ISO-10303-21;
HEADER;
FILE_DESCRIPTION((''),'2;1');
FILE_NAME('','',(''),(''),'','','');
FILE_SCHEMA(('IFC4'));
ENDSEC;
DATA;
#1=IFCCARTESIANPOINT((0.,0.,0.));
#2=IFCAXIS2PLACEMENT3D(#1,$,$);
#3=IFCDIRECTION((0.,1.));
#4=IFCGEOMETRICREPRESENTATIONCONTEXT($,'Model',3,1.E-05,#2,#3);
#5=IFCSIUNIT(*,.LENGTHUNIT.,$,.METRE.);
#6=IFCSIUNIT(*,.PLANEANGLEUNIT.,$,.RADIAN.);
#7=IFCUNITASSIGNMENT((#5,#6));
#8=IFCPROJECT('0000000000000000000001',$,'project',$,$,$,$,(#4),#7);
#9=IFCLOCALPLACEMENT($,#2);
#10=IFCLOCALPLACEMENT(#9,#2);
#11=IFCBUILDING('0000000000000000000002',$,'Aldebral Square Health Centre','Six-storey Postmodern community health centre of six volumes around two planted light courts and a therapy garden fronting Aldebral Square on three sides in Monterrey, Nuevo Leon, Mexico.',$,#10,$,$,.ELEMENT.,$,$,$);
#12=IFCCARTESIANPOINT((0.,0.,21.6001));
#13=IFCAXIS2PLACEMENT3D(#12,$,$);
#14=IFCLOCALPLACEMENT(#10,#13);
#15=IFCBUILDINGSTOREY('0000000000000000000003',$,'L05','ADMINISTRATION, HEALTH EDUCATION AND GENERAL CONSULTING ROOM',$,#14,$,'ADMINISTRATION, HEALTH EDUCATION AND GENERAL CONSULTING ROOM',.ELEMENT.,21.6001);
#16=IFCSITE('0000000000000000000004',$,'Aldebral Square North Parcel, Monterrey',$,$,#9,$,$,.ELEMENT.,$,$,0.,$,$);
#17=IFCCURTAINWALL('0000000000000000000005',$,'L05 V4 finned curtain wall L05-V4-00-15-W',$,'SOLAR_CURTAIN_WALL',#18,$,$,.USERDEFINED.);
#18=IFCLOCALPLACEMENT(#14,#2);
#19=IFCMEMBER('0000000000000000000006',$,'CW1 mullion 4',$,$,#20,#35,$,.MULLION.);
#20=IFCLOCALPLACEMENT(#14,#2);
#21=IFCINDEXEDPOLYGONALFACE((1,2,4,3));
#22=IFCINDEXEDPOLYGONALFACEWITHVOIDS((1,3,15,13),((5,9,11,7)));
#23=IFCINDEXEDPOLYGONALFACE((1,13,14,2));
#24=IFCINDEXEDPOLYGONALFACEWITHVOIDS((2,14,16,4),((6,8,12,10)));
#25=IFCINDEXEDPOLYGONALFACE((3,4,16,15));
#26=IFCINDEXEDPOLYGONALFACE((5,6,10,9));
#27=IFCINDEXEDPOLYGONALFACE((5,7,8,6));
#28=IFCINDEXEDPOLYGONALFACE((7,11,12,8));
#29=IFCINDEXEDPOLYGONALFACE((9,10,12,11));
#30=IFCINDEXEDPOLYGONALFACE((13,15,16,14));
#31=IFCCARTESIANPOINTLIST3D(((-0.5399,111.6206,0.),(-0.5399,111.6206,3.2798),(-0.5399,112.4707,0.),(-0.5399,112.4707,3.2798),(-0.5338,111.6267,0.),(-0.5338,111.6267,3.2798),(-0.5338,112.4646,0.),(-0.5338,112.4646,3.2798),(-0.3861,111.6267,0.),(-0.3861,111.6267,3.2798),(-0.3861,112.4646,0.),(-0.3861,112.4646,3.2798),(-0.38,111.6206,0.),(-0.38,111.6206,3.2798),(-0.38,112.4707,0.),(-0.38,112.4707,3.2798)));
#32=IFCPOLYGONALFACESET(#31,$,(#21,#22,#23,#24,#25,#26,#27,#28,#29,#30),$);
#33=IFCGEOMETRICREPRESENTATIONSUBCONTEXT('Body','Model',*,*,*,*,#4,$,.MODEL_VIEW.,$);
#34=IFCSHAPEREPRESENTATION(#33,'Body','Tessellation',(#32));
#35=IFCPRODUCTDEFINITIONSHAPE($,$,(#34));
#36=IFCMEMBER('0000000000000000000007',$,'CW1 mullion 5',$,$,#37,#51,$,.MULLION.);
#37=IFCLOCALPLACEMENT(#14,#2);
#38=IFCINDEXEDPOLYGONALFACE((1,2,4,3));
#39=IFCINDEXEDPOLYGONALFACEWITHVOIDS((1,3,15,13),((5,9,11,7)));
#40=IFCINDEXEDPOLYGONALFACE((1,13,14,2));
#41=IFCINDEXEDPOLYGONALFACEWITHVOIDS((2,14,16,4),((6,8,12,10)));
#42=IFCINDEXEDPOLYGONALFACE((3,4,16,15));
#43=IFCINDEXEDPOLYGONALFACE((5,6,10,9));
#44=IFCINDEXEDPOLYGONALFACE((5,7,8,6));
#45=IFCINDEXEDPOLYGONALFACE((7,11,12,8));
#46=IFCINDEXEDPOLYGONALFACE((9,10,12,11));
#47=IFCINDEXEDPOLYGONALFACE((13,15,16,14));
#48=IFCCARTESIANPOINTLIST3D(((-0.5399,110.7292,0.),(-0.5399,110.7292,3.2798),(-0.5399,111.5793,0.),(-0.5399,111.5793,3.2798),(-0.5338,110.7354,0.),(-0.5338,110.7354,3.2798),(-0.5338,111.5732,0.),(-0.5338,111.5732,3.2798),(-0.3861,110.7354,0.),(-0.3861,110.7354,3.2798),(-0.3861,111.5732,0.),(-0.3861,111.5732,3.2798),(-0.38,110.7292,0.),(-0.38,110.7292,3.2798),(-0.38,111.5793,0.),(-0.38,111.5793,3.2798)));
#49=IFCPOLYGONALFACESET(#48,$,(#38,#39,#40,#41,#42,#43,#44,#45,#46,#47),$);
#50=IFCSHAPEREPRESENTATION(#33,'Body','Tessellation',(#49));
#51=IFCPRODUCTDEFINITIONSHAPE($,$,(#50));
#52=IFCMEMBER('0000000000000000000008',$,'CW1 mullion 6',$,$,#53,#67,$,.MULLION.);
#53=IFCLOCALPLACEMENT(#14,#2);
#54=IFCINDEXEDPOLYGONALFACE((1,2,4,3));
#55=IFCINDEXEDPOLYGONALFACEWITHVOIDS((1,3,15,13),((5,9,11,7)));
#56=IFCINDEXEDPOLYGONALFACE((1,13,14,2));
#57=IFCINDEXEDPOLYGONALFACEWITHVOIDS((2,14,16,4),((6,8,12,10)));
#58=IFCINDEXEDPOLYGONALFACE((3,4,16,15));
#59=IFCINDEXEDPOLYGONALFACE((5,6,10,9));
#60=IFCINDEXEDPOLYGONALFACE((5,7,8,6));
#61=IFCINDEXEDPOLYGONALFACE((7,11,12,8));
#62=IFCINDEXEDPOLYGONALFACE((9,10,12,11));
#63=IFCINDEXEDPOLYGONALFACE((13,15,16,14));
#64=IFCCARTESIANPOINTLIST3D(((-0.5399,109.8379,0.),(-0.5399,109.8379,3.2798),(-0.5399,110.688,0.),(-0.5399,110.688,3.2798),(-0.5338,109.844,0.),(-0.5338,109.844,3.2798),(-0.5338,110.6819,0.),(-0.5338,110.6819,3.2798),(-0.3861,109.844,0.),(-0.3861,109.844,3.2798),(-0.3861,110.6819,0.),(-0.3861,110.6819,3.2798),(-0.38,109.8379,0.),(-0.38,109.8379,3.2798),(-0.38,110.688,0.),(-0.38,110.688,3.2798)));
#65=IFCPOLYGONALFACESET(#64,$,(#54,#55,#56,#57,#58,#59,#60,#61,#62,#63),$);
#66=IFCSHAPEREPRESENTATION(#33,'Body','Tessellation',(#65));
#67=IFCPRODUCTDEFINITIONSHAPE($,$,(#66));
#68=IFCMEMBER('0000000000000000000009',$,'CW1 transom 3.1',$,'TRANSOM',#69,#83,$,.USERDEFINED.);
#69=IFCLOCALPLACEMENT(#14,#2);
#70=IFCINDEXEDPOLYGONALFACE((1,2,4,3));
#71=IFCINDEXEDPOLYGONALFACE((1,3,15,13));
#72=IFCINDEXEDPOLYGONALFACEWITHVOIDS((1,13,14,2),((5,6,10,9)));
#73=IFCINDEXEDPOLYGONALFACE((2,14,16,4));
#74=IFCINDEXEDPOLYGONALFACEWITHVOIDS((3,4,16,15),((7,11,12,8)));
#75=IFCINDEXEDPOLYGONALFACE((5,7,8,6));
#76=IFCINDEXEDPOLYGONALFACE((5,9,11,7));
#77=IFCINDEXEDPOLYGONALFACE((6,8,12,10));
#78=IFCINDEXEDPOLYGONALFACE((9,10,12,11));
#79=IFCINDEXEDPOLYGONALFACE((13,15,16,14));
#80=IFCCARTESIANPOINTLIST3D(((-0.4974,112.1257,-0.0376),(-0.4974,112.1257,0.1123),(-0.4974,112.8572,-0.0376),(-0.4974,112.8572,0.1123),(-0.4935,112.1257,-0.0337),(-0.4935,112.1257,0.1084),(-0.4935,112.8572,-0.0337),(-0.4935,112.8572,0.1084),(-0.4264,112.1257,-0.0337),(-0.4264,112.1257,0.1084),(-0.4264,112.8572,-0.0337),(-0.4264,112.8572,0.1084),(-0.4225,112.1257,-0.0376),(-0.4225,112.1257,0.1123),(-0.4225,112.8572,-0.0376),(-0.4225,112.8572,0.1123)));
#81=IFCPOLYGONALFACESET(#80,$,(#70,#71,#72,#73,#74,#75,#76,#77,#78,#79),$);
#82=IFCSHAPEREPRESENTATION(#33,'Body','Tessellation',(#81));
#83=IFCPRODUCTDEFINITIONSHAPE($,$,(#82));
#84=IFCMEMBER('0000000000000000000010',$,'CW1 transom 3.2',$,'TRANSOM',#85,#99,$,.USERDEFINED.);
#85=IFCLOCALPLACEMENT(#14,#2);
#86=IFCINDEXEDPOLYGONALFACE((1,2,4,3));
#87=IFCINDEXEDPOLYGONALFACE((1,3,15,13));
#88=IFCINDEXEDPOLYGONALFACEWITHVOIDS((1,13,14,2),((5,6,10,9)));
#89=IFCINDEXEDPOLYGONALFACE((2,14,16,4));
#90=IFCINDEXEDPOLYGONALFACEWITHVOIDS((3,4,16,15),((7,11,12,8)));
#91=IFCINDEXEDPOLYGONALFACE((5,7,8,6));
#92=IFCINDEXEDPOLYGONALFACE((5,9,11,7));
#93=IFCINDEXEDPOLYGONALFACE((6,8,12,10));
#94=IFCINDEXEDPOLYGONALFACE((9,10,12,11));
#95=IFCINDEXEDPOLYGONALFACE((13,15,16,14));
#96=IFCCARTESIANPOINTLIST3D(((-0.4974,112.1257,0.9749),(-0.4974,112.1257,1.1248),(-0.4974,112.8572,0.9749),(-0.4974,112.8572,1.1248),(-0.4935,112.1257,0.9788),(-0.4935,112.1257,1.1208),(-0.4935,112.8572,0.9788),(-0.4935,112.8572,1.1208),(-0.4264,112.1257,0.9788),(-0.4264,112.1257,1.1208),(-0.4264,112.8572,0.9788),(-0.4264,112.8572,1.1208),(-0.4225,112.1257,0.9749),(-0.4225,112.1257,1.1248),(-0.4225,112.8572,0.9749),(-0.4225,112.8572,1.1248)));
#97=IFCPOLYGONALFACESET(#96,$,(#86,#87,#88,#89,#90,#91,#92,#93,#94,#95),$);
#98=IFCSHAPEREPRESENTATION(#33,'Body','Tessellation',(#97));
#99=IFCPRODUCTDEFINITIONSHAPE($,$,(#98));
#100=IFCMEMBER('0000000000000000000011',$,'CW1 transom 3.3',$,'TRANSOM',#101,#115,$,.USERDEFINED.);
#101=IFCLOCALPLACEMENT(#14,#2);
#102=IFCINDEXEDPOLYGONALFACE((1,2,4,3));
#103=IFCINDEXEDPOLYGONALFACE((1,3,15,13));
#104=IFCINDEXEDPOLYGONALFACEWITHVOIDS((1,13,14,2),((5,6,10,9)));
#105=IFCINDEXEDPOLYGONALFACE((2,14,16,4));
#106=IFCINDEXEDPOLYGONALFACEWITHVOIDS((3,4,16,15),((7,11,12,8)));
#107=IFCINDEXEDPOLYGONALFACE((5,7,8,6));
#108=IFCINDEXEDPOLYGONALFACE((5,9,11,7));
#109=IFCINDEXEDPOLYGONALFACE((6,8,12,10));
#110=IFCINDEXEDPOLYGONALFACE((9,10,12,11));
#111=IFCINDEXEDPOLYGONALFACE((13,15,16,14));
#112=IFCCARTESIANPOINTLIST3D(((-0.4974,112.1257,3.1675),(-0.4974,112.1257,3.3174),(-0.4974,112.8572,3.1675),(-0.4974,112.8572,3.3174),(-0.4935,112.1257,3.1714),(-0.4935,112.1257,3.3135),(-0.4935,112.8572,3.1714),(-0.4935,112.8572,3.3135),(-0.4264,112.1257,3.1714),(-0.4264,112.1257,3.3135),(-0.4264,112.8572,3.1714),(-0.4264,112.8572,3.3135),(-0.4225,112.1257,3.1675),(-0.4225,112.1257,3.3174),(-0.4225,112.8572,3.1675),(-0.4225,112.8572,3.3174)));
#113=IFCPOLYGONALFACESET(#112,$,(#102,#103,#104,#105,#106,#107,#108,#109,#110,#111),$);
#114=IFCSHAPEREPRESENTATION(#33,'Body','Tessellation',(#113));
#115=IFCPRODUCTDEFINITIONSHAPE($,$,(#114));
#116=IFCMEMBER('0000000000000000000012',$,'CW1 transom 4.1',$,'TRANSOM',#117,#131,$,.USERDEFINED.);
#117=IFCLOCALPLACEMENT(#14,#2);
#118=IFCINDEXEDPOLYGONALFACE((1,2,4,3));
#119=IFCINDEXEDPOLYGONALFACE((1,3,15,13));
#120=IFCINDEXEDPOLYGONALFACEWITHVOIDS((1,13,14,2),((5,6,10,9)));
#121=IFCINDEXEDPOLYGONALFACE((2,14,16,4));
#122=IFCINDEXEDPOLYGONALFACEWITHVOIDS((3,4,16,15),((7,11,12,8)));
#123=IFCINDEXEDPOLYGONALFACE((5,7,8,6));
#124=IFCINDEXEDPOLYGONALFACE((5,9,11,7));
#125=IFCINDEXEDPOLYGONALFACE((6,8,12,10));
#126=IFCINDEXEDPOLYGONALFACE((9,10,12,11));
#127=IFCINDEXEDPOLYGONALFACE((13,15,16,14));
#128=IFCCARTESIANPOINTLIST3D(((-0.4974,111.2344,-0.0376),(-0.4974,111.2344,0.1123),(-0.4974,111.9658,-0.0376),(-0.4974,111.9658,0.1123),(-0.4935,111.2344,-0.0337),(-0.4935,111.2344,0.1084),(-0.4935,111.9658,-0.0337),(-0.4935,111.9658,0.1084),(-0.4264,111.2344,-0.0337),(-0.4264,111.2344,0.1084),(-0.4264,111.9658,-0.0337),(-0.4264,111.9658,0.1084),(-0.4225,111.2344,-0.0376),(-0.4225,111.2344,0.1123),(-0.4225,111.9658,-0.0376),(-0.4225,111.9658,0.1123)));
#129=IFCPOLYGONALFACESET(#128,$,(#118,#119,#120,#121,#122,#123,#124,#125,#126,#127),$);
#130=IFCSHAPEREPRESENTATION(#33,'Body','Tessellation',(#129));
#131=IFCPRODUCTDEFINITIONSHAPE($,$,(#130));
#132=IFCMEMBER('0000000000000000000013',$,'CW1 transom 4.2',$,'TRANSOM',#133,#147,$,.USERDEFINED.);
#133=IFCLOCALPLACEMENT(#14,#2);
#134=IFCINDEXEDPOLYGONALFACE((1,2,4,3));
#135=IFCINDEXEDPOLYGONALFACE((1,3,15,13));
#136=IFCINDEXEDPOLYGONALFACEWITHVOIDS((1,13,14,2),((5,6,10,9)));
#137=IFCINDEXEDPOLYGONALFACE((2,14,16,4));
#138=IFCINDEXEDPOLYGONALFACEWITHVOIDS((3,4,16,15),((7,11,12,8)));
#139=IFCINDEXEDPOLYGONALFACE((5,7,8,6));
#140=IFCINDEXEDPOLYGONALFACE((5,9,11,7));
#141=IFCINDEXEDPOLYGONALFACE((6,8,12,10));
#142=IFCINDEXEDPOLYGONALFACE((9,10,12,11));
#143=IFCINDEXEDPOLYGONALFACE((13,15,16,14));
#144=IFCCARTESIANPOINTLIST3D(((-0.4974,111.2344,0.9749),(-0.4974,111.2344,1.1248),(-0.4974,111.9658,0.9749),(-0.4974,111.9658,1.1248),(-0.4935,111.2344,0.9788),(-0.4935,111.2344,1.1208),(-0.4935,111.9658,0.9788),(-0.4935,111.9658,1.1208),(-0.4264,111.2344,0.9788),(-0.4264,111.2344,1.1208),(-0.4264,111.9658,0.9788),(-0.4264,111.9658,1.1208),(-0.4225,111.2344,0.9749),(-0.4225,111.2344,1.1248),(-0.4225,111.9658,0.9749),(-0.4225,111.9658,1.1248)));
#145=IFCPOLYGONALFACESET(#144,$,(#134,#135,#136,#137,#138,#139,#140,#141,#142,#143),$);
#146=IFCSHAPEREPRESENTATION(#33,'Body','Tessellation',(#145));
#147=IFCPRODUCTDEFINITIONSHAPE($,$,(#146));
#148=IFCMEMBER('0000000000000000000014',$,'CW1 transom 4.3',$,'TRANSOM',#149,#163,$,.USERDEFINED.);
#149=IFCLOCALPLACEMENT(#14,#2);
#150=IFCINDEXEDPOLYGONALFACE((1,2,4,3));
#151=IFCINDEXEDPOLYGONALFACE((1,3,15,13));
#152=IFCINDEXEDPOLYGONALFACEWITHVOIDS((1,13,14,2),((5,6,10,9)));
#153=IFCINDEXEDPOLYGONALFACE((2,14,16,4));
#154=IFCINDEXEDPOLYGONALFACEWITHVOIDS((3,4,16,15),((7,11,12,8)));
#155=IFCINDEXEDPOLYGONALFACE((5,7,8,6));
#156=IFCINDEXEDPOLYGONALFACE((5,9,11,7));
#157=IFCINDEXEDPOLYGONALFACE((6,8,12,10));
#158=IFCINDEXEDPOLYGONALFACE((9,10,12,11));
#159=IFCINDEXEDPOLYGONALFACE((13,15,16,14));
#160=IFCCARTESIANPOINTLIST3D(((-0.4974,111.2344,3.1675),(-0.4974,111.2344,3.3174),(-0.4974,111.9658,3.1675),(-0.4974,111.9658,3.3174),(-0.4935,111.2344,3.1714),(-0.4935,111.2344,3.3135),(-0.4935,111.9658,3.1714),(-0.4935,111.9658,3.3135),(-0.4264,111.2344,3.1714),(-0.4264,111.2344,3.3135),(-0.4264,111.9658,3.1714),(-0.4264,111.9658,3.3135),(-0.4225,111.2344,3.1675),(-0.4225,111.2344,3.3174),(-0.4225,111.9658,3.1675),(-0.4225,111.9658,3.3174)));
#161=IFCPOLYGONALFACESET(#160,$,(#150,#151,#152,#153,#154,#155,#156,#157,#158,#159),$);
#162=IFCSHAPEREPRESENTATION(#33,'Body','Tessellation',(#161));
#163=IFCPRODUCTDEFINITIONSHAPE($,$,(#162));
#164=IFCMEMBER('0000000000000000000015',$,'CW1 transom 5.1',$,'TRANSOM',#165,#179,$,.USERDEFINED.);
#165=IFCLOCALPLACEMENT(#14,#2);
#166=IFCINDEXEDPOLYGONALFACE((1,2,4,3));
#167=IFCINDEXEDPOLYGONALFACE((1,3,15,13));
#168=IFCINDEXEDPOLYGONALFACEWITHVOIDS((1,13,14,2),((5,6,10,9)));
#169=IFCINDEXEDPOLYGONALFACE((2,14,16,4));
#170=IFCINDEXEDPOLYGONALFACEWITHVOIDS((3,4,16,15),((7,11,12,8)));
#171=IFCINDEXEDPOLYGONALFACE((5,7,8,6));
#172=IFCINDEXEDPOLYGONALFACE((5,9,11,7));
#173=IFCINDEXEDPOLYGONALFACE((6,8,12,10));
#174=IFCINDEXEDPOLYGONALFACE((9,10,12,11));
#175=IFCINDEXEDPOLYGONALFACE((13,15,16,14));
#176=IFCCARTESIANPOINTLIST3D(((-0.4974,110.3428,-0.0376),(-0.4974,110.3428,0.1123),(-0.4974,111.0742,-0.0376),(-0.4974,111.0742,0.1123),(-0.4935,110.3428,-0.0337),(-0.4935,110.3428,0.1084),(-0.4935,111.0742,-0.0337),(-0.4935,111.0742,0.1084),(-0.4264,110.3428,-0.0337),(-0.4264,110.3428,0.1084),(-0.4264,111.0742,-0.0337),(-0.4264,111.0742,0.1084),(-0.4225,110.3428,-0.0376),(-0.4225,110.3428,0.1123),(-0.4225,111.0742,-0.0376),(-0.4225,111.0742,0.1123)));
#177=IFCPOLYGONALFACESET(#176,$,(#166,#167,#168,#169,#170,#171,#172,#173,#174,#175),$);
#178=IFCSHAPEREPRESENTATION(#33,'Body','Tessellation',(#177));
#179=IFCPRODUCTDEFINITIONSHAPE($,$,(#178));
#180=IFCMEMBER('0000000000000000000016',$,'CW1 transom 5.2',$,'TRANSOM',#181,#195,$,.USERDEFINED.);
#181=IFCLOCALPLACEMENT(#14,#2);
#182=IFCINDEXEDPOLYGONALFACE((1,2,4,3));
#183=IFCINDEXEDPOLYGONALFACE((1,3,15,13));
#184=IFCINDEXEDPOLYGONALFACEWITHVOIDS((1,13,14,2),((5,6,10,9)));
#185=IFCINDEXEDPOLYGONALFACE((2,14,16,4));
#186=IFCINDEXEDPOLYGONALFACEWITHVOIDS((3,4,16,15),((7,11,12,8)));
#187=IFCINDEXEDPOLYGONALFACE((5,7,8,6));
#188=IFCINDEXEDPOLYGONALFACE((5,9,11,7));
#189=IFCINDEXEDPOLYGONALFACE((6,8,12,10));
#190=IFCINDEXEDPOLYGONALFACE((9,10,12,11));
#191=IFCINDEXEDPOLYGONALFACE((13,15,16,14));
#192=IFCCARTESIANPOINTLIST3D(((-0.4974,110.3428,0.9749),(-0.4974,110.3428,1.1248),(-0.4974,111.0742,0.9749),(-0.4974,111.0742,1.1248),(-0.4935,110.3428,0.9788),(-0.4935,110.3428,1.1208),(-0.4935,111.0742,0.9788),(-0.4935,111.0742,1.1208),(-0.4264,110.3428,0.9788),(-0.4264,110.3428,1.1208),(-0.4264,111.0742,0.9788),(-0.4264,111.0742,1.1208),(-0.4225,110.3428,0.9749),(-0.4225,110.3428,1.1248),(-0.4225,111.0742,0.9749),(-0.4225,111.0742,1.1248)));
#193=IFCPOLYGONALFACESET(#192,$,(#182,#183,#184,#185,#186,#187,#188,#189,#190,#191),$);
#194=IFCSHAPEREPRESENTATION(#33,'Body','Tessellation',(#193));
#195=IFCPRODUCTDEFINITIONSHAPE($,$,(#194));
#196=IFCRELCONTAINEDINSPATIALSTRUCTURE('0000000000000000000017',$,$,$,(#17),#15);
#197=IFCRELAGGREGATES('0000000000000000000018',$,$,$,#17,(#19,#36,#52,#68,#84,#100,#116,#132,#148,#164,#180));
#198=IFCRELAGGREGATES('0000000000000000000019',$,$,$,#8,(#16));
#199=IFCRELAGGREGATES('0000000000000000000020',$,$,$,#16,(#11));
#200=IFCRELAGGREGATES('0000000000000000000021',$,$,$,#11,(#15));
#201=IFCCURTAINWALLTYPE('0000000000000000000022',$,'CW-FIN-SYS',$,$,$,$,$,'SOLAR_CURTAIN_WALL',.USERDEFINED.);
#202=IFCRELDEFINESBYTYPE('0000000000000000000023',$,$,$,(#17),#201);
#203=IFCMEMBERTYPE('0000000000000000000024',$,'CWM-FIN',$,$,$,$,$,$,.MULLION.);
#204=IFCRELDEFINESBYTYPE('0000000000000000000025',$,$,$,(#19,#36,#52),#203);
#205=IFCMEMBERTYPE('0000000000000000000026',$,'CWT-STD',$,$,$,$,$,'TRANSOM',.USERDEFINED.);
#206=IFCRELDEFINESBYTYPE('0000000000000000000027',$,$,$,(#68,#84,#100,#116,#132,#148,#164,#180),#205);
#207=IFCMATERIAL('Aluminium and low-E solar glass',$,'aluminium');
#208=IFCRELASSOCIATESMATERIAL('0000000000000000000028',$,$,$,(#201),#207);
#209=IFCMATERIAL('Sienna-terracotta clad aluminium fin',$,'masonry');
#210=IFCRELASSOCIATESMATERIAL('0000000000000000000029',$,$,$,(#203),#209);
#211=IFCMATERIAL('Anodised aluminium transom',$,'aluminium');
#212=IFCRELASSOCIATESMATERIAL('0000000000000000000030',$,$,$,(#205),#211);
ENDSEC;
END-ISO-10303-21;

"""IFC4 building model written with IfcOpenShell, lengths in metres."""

from ifc_helpers import new_model, si_unit, direction, frame, origin, origin_2d, place, context, subcontext, project, spatial, hollow_rectangle, extrude, material, material_profile, profile_set, type_object, element, aggregate, save


model = new_model("IFC4")

# Units and contexts
model_context = context("Model", 3, precision=1e-05, world=origin(), true_north=direction((0.0, 1.0)))
body_context = subcontext(model_context, "Body", "Model", "MODEL_VIEW")
ifc_project = project(units=[si_unit("LENGTHUNIT", "METRE"), si_unit("PLANEANGLEUNIT", "RADIAN")], contexts=[model_context])

# Site, building, storey
site_placement = place(None, origin())
site = spatial("IfcSite", under=ifc_project, at=site_placement, Name="Aldebral Square North Parcel, Monterrey", CompositionType="ELEMENT", RefElevation=0.0)
building_placement = place(site_placement, origin())
building = spatial("IfcBuilding", under=site, at=building_placement, Name="Aldebral Square Health Centre", Description="Six-storey Postmodern community health centre of six volumes around two planted light courts and a therapy garden fronting Aldebral Square on three sides in Monterrey, Nuevo Leon, Mexico.", CompositionType="ELEMENT")
storey_placement = place(building_placement, frame((0.0, 0.0, 21.6001)))
storey = spatial("IfcBuildingStorey", under=building, at=storey_placement, Name="L05", Description="ADMINISTRATION, HEALTH EDUCATION AND GENERAL CONSULTING ROOM", LongName="ADMINISTRATION, HEALTH EDUCATION AND GENERAL CONSULTING ROOM", CompositionType="ELEMENT", Elevation=21.6001)

# Curtain wall, members
ifc_material_1 = material(Name="Aluminium and low-E solar glass", Category="aluminium")
curtain_wall_type = type_object("IfcCurtainWallType", Name="CW-FIN-SYS", ElementType="SOLAR_CURTAIN_WALL", PredefinedType="USERDEFINED", material=ifc_material_1)
curtain_wall_placement = place(storey_placement, origin())
curtain_wall = element("IfcCurtainWall", 1, at=curtain_wall_placement, inside=storey, type_object=curtain_wall_type, Name="L05 V4 finned curtain wall L05-V4-00-15-W", ObjectType="SOLAR_CURTAIN_WALL", PredefinedType="USERDEFINED")
ifc_material_2 = material(Name="Sienna-terracotta clad aluminium fin", Category="masonry")
ifc_material_profile_1 = material_profile(ifc_material_2, hollow_rectangle(XDim=0.1599, YDim=0.8501, WallThickness=0.0061, at=origin_2d()), Name="FIN 160x850x6")
ifc_profile_set_1 = profile_set([ifc_material_profile_1], Name="Sienna-terracotta clad aluminium fin")
member_type_1 = type_object("IfcMemberType", Name="CWM-FIN", PredefinedType="MULLION", material=ifc_profile_set_1)
member_1_placement = place(storey_placement, frame((-0.46, 112.0457, 0.0), z_axis=(0.0, 0.0, 1.0), x_axis=(1.0, 0.0, 0.0)))
member_1 = element("IfcMember", 2, at=member_1_placement, type_object=member_type_1, Name="CW1 mullion 4", PredefinedType="MULLION", context=body_context, shape_type="SweptSolid", body=[
    extrude(hollow_rectangle(XDim=0.1599, YDim=0.8501, WallThickness=0.0061, at=origin_2d()), origin(), (0.0, 0.0, 1.0), 3.2798),
])
member_2_placement = place(storey_placement, frame((-0.46, 111.1543, 0.0), z_axis=(0.0, 0.0, 1.0), x_axis=(1.0, 0.0, 0.0)))
member_2 = element("IfcMember", 3, at=member_2_placement, type_object=member_type_1, Name="CW1 mullion 5", PredefinedType="MULLION", context=body_context, shape_type="SweptSolid", body=[
    extrude(hollow_rectangle(XDim=0.1599, YDim=0.8501, WallThickness=0.0061, at=origin_2d()), origin(), (0.0, 0.0, 1.0), 3.2798),
])
member_3_placement = place(storey_placement, frame((-0.46, 110.2629, 0.0), z_axis=(0.0, 0.0, 1.0), x_axis=(1.0, 0.0, 0.0)))
member_3 = element("IfcMember", 4, at=member_3_placement, type_object=member_type_1, Name="CW1 mullion 6", PredefinedType="MULLION", context=body_context, shape_type="SweptSolid", body=[
    extrude(hollow_rectangle(XDim=0.1599, YDim=0.8501, WallThickness=0.0061, at=origin_2d()), origin(), (0.0, 0.0, 1.0), 3.2798),
])
ifc_material_3 = material(Name="Anodised aluminium transom", Category="aluminium")
ifc_material_profile_2 = material_profile(ifc_material_3, hollow_rectangle(XDim=0.075, YDim=0.1499, WallThickness=0.0039, at=origin_2d()), Name="CWT 75x150x4")
ifc_profile_set_2 = profile_set([ifc_material_profile_2], Name="Anodised aluminium transom")
member_type_2 = type_object("IfcMemberType", Name="CWT-STD", ElementType="TRANSOM", PredefinedType="USERDEFINED", material=ifc_profile_set_2)
member_4_placement = place(storey_placement, frame((-0.46, 112.8572, 0.0374), z_axis=(0.0, -1.0, 0.0), x_axis=(1.0, 0.0, 0.0)))
member_4 = element("IfcMember", 5, at=member_4_placement, type_object=member_type_2, Name="CW1 transom 3.1", ObjectType="TRANSOM", PredefinedType="USERDEFINED", context=body_context, shape_type="SweptSolid", body=[
    extrude(hollow_rectangle(XDim=0.075, YDim=0.1499, WallThickness=0.0039, at=origin_2d()), origin(), (0.0, 0.0, 1.0), 0.7314),
])
member_5_placement = place(storey_placement, frame((-0.46, 112.8572, 1.0498), z_axis=(0.0, -1.0, 0.0), x_axis=(1.0, 0.0, 0.0)))
member_5 = element("IfcMember", 6, at=member_5_placement, type_object=member_type_2, Name="CW1 transom 3.2", ObjectType="TRANSOM", PredefinedType="USERDEFINED", context=body_context, shape_type="SweptSolid", body=[
    extrude(hollow_rectangle(XDim=0.075, YDim=0.1499, WallThickness=0.0039, at=origin_2d()), origin(), (0.0, 0.0, 1.0), 0.7314),
])
member_6_placement = place(storey_placement, frame((-0.46, 112.8572, 3.2424), z_axis=(0.0, -1.0, 0.0), x_axis=(1.0, 0.0, 0.0)))
member_6 = element("IfcMember", 7, at=member_6_placement, type_object=member_type_2, Name="CW1 transom 3.3", ObjectType="TRANSOM", PredefinedType="USERDEFINED", context=body_context, shape_type="SweptSolid", body=[
    extrude(hollow_rectangle(XDim=0.075, YDim=0.1499, WallThickness=0.0039, at=origin_2d()), origin(), (0.0, 0.0, 1.0), 0.7314),
])
member_7_placement = place(storey_placement, frame((-0.46, 111.9658, 0.0374), z_axis=(0.0, -1.0, 0.0), x_axis=(1.0, 0.0, 0.0)))
member_7 = element("IfcMember", 8, at=member_7_placement, type_object=member_type_2, Name="CW1 transom 4.1", ObjectType="TRANSOM", PredefinedType="USERDEFINED", context=body_context, shape_type="SweptSolid", body=[
    extrude(hollow_rectangle(XDim=0.075, YDim=0.1499, WallThickness=0.0039, at=origin_2d()), origin(), (0.0, 0.0, 1.0), 0.7314),
])
member_8_placement = place(storey_placement, frame((-0.46, 111.9658, 1.0498), z_axis=(0.0, -1.0, 0.0), x_axis=(1.0, 0.0, 0.0)))
member_8 = element("IfcMember", 9, at=member_8_placement, type_object=member_type_2, Name="CW1 transom 4.2", ObjectType="TRANSOM", PredefinedType="USERDEFINED", context=body_context, shape_type="SweptSolid", body=[
    extrude(hollow_rectangle(XDim=0.075, YDim=0.1499, WallThickness=0.0039, at=origin_2d()), origin(), (0.0, 0.0, 1.0), 0.7314),
])
member_9_placement = place(storey_placement, frame((-0.46, 111.9658, 3.2424), z_axis=(0.0, -1.0, 0.0), x_axis=(1.0, 0.0, 0.0)))
member_9 = element("IfcMember", 10, at=member_9_placement, type_object=member_type_2, Name="CW1 transom 4.3", ObjectType="TRANSOM", PredefinedType="USERDEFINED", context=body_context, shape_type="SweptSolid", body=[
    extrude(hollow_rectangle(XDim=0.075, YDim=0.1499, WallThickness=0.0039, at=origin_2d()), origin(), (0.0, 0.0, 1.0), 0.7314),
])
member_10_placement = place(storey_placement, frame((-0.46, 111.0742, 0.0374), z_axis=(0.0, -1.0, 0.0), x_axis=(1.0, 0.0, 0.0)))
member_10 = element("IfcMember", 11, at=member_10_placement, type_object=member_type_2, Name="CW1 transom 5.1", ObjectType="TRANSOM", PredefinedType="USERDEFINED", context=body_context, shape_type="SweptSolid", body=[
    extrude(hollow_rectangle(XDim=0.075, YDim=0.1499, WallThickness=0.0039, at=origin_2d()), origin(), (0.0, 0.0, 1.0), 0.7314),
])
member_11_placement = place(storey_placement, frame((-0.46, 111.0742, 1.0498), z_axis=(0.0, -1.0, 0.0), x_axis=(1.0, 0.0, 0.0)))
member_11 = element("IfcMember", 12, at=member_11_placement, type_object=member_type_2, Name="CW1 transom 5.2", ObjectType="TRANSOM", PredefinedType="USERDEFINED", context=body_context, shape_type="SweptSolid", body=[
    extrude(hollow_rectangle(XDim=0.075, YDim=0.1499, WallThickness=0.0039, at=origin_2d()), origin(), (0.0, 0.0, 1.0), 0.7314),
])
aggregate(curtain_wall, [member_1, member_2, member_3, member_4, member_5, member_6, member_7, member_8, member_9, member_10, member_11])

save(model, "model.ifc")
